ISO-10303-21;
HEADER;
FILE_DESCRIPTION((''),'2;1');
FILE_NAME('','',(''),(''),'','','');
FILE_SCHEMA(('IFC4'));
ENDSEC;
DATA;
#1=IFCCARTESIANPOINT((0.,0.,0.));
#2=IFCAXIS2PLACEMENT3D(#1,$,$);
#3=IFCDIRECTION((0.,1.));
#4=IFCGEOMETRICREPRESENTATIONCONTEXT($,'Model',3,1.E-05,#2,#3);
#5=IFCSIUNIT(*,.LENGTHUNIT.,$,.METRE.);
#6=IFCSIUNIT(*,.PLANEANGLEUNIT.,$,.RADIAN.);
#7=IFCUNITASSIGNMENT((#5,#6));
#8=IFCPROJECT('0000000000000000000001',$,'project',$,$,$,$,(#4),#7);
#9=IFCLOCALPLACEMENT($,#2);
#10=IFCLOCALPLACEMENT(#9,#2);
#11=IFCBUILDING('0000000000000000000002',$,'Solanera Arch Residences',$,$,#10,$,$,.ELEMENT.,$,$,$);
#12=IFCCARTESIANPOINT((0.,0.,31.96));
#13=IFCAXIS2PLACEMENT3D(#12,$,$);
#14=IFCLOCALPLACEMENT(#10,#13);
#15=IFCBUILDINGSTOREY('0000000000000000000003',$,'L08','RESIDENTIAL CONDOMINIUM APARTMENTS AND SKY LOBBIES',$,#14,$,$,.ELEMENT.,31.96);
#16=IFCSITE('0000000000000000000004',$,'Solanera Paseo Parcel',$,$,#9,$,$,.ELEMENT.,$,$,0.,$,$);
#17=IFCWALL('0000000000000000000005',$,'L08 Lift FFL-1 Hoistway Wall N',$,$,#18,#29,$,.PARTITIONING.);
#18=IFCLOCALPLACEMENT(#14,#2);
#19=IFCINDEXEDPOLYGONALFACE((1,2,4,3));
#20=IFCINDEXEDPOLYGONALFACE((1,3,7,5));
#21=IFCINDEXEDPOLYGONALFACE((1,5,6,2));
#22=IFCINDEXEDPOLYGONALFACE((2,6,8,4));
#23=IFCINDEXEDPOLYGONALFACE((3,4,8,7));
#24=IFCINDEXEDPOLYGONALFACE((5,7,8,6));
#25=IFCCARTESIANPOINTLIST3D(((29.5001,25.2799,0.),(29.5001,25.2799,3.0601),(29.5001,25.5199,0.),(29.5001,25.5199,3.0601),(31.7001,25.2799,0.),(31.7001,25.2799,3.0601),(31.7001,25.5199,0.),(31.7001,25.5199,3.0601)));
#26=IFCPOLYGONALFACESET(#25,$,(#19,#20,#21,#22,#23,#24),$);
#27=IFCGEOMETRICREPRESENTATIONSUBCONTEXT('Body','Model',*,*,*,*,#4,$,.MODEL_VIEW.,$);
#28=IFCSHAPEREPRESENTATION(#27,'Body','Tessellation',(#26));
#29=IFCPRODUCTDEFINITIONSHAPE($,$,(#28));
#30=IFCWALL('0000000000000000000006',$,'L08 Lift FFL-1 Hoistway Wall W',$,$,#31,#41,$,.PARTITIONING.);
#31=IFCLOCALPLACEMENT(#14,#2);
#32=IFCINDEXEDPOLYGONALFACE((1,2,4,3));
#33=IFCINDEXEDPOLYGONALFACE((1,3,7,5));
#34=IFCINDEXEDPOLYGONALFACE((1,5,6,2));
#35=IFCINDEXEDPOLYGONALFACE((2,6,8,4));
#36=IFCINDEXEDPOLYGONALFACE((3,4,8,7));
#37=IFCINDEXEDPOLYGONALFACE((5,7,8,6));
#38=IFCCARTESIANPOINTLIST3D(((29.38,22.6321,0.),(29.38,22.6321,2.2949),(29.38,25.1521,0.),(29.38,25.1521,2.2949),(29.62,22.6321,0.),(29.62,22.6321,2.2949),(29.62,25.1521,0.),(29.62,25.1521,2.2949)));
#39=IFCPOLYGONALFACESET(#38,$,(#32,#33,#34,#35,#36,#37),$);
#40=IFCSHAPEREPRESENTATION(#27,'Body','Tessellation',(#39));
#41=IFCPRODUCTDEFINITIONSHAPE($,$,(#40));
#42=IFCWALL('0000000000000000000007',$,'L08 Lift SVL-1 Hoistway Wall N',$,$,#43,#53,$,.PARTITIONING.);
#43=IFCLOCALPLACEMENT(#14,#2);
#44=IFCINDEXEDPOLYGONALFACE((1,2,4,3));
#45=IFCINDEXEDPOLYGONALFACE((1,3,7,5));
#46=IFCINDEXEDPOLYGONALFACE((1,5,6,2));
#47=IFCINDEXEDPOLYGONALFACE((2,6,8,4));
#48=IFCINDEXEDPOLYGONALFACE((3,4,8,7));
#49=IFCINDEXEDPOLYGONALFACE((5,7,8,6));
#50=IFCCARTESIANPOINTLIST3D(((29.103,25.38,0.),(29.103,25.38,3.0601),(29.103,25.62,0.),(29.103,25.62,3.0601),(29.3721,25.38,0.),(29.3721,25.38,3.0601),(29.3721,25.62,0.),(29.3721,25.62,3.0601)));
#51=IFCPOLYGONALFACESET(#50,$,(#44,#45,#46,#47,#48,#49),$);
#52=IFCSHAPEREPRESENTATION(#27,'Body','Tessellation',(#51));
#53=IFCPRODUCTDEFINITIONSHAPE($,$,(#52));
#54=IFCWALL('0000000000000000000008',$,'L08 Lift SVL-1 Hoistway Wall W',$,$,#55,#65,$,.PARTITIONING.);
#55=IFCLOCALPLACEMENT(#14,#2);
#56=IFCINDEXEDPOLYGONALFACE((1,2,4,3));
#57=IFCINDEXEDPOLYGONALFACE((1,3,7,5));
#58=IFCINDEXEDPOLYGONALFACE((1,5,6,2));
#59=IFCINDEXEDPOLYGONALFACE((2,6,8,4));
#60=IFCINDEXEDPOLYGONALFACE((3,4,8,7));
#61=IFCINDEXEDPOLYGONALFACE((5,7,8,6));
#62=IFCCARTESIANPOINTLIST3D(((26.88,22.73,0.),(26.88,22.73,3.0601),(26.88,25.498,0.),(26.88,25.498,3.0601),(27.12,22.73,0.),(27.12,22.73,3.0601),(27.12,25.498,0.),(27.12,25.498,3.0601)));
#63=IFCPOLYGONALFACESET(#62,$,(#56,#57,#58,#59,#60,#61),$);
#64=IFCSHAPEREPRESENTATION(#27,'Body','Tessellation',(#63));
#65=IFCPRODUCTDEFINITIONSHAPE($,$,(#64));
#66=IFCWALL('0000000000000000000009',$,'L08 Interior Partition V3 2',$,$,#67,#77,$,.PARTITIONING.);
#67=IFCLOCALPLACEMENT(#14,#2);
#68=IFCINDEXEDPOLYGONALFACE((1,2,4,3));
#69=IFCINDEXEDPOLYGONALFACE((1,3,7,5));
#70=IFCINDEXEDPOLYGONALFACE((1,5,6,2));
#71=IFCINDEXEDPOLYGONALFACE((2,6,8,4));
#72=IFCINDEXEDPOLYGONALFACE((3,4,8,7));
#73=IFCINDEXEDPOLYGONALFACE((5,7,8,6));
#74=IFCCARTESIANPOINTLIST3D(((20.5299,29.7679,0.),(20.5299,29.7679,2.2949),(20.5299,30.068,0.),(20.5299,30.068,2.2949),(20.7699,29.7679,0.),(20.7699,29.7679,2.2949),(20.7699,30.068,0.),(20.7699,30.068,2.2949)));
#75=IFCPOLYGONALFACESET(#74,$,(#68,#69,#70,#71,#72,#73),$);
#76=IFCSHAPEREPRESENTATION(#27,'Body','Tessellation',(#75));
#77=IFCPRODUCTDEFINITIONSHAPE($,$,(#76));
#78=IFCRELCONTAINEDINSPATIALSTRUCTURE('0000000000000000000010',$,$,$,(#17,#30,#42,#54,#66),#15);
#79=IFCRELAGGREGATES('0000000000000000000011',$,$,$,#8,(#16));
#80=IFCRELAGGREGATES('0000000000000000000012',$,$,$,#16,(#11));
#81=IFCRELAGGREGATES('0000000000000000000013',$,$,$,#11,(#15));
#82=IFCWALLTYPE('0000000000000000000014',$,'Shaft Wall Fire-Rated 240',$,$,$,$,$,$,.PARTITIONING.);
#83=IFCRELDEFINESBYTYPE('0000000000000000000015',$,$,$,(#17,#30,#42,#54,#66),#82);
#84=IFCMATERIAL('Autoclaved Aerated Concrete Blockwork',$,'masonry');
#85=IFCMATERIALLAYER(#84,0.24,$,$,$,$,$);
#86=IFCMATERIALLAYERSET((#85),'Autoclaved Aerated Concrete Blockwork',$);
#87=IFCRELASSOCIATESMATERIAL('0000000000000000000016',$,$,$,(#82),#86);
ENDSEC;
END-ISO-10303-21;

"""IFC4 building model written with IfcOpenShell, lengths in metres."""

from ifc_helpers import new_model, si_unit, direction, frame, frame_2d, origin, place, context, subcontext, project, spatial, rectangle, extrude, material, layer, layer_set, type_object, element, save


model = new_model("IFC4")

# Units and contexts
model_context = context("Model", 3, precision=1e-05, world=origin(), true_north=direction((0.0, 1.0)))
body_context = subcontext(model_context, "Body", "Model", "MODEL_VIEW")
ifc_project = project(units=[si_unit("LENGTHUNIT", "METRE"), si_unit("PLANEANGLEUNIT", "RADIAN")], contexts=[model_context])

# Site, building, storey
site_placement = place(None, origin())
site = spatial("IfcSite", under=ifc_project, at=site_placement, Name="Solanera Paseo Parcel", CompositionType="ELEMENT", RefElevation=0.0)
building_placement = place(site_placement, origin())
building = spatial("IfcBuilding", under=site, at=building_placement, Name="Solanera Arch Residences", CompositionType="ELEMENT")
storey_placement = place(building_placement, frame((0.0, 0.0, 31.96)))
storey = spatial("IfcBuildingStorey", under=building, at=storey_placement, Name="L08", Description="RESIDENTIAL CONDOMINIUM APARTMENTS AND SKY LOBBIES", CompositionType="ELEMENT", Elevation=31.96)

# Walls
ifc_material_1 = material(Name="Autoclaved Aerated Concrete Blockwork", Category="masonry")
ifc_layer_1 = layer(ifc_material_1, 0.24)
ifc_layer_set_1 = layer_set([ifc_layer_1], Name="Autoclaved Aerated Concrete Blockwork")
wall_type_1 = type_object("IfcWallType", Name="Shaft Wall Fire-Rated 240", PredefinedType="PARTITIONING", material=ifc_layer_set_1)
wall_1_placement = place(storey_placement, frame((29.5, 25.3999, 0.0), z_axis=(0.0, 0.0, 1.0), x_axis=(1.0, 0.0, 0.0)))
element("IfcWall", 1, at=wall_1_placement, inside=storey, type_object=wall_type_1, Name="L08 Lift FFL-1 Hoistway Wall N", PredefinedType="PARTITIONING", context=body_context, shape_type="SweptSolid", body=[
    extrude(rectangle(XDim=2.2, YDim=0.24, at=frame_2d((1.1001, 0.0))), origin(), (0.0, 0.0, 1.0), 3.0601),
])
wall_2_placement = place(storey_placement, frame((29.5, 22.6321, 0.0), z_axis=(0.0, 0.0, 1.0), x_axis=(0.0, 1.0, 0.0)))
element("IfcWall", 2, at=wall_2_placement, inside=storey, type_object=wall_type_1, Name="L08 Lift FFL-1 Hoistway Wall W", PredefinedType="PARTITIONING", context=body_context, shape_type="SweptSolid", body=[
    extrude(rectangle(XDim=2.52, YDim=0.24, at=frame_2d((1.26, 0.0))), origin(), (0.0, 0.0, 1.0), 2.2949),
])
wall_3_placement = place(storey_placement, frame((29.103, 25.5, 0.0), z_axis=(0.0, 0.0, 1.0), x_axis=(1.0, 0.0, 0.0)))
element("IfcWall", 3, at=wall_3_placement, inside=storey, type_object=wall_type_1, Name="L08 Lift SVL-1 Hoistway Wall N", PredefinedType="PARTITIONING", context=body_context, shape_type="SweptSolid", body=[
    extrude(rectangle(XDim=0.269, YDim=0.24, at=frame_2d((0.1345, 0.0))), origin(), (0.0, 0.0, 1.0), 3.0601),
])
wall_4_placement = place(storey_placement, frame((27.0, 22.73, 0.0), z_axis=(0.0, 0.0, 1.0), x_axis=(0.0, 1.0, 0.0)))
element("IfcWall", 4, at=wall_4_placement, inside=storey, type_object=wall_type_1, Name="L08 Lift SVL-1 Hoistway Wall W", PredefinedType="PARTITIONING", context=body_context, shape_type="SweptSolid", body=[
    extrude(rectangle(XDim=2.7681, YDim=0.24, at=frame_2d((1.384, 0.0))), origin(), (0.0, 0.0, 1.0), 3.0601),
])
wall_5_placement = place(storey_placement, frame((20.6499, 29.7681, 0.0), z_axis=(0.0, 0.0, 1.0), x_axis=(0.0, 1.0, 0.0)))
element("IfcWall", 5, at=wall_5_placement, inside=storey, type_object=wall_type_1, Name="L08 Interior Partition V3 2", PredefinedType="PARTITIONING", context=body_context, shape_type="SweptSolid", body=[
    extrude(rectangle(XDim=0.3, YDim=0.24, at=frame_2d((0.1499, 0.0))), origin(), (0.0, 0.0, 1.0), 2.2949),
])

save(model, "model.ifc")
